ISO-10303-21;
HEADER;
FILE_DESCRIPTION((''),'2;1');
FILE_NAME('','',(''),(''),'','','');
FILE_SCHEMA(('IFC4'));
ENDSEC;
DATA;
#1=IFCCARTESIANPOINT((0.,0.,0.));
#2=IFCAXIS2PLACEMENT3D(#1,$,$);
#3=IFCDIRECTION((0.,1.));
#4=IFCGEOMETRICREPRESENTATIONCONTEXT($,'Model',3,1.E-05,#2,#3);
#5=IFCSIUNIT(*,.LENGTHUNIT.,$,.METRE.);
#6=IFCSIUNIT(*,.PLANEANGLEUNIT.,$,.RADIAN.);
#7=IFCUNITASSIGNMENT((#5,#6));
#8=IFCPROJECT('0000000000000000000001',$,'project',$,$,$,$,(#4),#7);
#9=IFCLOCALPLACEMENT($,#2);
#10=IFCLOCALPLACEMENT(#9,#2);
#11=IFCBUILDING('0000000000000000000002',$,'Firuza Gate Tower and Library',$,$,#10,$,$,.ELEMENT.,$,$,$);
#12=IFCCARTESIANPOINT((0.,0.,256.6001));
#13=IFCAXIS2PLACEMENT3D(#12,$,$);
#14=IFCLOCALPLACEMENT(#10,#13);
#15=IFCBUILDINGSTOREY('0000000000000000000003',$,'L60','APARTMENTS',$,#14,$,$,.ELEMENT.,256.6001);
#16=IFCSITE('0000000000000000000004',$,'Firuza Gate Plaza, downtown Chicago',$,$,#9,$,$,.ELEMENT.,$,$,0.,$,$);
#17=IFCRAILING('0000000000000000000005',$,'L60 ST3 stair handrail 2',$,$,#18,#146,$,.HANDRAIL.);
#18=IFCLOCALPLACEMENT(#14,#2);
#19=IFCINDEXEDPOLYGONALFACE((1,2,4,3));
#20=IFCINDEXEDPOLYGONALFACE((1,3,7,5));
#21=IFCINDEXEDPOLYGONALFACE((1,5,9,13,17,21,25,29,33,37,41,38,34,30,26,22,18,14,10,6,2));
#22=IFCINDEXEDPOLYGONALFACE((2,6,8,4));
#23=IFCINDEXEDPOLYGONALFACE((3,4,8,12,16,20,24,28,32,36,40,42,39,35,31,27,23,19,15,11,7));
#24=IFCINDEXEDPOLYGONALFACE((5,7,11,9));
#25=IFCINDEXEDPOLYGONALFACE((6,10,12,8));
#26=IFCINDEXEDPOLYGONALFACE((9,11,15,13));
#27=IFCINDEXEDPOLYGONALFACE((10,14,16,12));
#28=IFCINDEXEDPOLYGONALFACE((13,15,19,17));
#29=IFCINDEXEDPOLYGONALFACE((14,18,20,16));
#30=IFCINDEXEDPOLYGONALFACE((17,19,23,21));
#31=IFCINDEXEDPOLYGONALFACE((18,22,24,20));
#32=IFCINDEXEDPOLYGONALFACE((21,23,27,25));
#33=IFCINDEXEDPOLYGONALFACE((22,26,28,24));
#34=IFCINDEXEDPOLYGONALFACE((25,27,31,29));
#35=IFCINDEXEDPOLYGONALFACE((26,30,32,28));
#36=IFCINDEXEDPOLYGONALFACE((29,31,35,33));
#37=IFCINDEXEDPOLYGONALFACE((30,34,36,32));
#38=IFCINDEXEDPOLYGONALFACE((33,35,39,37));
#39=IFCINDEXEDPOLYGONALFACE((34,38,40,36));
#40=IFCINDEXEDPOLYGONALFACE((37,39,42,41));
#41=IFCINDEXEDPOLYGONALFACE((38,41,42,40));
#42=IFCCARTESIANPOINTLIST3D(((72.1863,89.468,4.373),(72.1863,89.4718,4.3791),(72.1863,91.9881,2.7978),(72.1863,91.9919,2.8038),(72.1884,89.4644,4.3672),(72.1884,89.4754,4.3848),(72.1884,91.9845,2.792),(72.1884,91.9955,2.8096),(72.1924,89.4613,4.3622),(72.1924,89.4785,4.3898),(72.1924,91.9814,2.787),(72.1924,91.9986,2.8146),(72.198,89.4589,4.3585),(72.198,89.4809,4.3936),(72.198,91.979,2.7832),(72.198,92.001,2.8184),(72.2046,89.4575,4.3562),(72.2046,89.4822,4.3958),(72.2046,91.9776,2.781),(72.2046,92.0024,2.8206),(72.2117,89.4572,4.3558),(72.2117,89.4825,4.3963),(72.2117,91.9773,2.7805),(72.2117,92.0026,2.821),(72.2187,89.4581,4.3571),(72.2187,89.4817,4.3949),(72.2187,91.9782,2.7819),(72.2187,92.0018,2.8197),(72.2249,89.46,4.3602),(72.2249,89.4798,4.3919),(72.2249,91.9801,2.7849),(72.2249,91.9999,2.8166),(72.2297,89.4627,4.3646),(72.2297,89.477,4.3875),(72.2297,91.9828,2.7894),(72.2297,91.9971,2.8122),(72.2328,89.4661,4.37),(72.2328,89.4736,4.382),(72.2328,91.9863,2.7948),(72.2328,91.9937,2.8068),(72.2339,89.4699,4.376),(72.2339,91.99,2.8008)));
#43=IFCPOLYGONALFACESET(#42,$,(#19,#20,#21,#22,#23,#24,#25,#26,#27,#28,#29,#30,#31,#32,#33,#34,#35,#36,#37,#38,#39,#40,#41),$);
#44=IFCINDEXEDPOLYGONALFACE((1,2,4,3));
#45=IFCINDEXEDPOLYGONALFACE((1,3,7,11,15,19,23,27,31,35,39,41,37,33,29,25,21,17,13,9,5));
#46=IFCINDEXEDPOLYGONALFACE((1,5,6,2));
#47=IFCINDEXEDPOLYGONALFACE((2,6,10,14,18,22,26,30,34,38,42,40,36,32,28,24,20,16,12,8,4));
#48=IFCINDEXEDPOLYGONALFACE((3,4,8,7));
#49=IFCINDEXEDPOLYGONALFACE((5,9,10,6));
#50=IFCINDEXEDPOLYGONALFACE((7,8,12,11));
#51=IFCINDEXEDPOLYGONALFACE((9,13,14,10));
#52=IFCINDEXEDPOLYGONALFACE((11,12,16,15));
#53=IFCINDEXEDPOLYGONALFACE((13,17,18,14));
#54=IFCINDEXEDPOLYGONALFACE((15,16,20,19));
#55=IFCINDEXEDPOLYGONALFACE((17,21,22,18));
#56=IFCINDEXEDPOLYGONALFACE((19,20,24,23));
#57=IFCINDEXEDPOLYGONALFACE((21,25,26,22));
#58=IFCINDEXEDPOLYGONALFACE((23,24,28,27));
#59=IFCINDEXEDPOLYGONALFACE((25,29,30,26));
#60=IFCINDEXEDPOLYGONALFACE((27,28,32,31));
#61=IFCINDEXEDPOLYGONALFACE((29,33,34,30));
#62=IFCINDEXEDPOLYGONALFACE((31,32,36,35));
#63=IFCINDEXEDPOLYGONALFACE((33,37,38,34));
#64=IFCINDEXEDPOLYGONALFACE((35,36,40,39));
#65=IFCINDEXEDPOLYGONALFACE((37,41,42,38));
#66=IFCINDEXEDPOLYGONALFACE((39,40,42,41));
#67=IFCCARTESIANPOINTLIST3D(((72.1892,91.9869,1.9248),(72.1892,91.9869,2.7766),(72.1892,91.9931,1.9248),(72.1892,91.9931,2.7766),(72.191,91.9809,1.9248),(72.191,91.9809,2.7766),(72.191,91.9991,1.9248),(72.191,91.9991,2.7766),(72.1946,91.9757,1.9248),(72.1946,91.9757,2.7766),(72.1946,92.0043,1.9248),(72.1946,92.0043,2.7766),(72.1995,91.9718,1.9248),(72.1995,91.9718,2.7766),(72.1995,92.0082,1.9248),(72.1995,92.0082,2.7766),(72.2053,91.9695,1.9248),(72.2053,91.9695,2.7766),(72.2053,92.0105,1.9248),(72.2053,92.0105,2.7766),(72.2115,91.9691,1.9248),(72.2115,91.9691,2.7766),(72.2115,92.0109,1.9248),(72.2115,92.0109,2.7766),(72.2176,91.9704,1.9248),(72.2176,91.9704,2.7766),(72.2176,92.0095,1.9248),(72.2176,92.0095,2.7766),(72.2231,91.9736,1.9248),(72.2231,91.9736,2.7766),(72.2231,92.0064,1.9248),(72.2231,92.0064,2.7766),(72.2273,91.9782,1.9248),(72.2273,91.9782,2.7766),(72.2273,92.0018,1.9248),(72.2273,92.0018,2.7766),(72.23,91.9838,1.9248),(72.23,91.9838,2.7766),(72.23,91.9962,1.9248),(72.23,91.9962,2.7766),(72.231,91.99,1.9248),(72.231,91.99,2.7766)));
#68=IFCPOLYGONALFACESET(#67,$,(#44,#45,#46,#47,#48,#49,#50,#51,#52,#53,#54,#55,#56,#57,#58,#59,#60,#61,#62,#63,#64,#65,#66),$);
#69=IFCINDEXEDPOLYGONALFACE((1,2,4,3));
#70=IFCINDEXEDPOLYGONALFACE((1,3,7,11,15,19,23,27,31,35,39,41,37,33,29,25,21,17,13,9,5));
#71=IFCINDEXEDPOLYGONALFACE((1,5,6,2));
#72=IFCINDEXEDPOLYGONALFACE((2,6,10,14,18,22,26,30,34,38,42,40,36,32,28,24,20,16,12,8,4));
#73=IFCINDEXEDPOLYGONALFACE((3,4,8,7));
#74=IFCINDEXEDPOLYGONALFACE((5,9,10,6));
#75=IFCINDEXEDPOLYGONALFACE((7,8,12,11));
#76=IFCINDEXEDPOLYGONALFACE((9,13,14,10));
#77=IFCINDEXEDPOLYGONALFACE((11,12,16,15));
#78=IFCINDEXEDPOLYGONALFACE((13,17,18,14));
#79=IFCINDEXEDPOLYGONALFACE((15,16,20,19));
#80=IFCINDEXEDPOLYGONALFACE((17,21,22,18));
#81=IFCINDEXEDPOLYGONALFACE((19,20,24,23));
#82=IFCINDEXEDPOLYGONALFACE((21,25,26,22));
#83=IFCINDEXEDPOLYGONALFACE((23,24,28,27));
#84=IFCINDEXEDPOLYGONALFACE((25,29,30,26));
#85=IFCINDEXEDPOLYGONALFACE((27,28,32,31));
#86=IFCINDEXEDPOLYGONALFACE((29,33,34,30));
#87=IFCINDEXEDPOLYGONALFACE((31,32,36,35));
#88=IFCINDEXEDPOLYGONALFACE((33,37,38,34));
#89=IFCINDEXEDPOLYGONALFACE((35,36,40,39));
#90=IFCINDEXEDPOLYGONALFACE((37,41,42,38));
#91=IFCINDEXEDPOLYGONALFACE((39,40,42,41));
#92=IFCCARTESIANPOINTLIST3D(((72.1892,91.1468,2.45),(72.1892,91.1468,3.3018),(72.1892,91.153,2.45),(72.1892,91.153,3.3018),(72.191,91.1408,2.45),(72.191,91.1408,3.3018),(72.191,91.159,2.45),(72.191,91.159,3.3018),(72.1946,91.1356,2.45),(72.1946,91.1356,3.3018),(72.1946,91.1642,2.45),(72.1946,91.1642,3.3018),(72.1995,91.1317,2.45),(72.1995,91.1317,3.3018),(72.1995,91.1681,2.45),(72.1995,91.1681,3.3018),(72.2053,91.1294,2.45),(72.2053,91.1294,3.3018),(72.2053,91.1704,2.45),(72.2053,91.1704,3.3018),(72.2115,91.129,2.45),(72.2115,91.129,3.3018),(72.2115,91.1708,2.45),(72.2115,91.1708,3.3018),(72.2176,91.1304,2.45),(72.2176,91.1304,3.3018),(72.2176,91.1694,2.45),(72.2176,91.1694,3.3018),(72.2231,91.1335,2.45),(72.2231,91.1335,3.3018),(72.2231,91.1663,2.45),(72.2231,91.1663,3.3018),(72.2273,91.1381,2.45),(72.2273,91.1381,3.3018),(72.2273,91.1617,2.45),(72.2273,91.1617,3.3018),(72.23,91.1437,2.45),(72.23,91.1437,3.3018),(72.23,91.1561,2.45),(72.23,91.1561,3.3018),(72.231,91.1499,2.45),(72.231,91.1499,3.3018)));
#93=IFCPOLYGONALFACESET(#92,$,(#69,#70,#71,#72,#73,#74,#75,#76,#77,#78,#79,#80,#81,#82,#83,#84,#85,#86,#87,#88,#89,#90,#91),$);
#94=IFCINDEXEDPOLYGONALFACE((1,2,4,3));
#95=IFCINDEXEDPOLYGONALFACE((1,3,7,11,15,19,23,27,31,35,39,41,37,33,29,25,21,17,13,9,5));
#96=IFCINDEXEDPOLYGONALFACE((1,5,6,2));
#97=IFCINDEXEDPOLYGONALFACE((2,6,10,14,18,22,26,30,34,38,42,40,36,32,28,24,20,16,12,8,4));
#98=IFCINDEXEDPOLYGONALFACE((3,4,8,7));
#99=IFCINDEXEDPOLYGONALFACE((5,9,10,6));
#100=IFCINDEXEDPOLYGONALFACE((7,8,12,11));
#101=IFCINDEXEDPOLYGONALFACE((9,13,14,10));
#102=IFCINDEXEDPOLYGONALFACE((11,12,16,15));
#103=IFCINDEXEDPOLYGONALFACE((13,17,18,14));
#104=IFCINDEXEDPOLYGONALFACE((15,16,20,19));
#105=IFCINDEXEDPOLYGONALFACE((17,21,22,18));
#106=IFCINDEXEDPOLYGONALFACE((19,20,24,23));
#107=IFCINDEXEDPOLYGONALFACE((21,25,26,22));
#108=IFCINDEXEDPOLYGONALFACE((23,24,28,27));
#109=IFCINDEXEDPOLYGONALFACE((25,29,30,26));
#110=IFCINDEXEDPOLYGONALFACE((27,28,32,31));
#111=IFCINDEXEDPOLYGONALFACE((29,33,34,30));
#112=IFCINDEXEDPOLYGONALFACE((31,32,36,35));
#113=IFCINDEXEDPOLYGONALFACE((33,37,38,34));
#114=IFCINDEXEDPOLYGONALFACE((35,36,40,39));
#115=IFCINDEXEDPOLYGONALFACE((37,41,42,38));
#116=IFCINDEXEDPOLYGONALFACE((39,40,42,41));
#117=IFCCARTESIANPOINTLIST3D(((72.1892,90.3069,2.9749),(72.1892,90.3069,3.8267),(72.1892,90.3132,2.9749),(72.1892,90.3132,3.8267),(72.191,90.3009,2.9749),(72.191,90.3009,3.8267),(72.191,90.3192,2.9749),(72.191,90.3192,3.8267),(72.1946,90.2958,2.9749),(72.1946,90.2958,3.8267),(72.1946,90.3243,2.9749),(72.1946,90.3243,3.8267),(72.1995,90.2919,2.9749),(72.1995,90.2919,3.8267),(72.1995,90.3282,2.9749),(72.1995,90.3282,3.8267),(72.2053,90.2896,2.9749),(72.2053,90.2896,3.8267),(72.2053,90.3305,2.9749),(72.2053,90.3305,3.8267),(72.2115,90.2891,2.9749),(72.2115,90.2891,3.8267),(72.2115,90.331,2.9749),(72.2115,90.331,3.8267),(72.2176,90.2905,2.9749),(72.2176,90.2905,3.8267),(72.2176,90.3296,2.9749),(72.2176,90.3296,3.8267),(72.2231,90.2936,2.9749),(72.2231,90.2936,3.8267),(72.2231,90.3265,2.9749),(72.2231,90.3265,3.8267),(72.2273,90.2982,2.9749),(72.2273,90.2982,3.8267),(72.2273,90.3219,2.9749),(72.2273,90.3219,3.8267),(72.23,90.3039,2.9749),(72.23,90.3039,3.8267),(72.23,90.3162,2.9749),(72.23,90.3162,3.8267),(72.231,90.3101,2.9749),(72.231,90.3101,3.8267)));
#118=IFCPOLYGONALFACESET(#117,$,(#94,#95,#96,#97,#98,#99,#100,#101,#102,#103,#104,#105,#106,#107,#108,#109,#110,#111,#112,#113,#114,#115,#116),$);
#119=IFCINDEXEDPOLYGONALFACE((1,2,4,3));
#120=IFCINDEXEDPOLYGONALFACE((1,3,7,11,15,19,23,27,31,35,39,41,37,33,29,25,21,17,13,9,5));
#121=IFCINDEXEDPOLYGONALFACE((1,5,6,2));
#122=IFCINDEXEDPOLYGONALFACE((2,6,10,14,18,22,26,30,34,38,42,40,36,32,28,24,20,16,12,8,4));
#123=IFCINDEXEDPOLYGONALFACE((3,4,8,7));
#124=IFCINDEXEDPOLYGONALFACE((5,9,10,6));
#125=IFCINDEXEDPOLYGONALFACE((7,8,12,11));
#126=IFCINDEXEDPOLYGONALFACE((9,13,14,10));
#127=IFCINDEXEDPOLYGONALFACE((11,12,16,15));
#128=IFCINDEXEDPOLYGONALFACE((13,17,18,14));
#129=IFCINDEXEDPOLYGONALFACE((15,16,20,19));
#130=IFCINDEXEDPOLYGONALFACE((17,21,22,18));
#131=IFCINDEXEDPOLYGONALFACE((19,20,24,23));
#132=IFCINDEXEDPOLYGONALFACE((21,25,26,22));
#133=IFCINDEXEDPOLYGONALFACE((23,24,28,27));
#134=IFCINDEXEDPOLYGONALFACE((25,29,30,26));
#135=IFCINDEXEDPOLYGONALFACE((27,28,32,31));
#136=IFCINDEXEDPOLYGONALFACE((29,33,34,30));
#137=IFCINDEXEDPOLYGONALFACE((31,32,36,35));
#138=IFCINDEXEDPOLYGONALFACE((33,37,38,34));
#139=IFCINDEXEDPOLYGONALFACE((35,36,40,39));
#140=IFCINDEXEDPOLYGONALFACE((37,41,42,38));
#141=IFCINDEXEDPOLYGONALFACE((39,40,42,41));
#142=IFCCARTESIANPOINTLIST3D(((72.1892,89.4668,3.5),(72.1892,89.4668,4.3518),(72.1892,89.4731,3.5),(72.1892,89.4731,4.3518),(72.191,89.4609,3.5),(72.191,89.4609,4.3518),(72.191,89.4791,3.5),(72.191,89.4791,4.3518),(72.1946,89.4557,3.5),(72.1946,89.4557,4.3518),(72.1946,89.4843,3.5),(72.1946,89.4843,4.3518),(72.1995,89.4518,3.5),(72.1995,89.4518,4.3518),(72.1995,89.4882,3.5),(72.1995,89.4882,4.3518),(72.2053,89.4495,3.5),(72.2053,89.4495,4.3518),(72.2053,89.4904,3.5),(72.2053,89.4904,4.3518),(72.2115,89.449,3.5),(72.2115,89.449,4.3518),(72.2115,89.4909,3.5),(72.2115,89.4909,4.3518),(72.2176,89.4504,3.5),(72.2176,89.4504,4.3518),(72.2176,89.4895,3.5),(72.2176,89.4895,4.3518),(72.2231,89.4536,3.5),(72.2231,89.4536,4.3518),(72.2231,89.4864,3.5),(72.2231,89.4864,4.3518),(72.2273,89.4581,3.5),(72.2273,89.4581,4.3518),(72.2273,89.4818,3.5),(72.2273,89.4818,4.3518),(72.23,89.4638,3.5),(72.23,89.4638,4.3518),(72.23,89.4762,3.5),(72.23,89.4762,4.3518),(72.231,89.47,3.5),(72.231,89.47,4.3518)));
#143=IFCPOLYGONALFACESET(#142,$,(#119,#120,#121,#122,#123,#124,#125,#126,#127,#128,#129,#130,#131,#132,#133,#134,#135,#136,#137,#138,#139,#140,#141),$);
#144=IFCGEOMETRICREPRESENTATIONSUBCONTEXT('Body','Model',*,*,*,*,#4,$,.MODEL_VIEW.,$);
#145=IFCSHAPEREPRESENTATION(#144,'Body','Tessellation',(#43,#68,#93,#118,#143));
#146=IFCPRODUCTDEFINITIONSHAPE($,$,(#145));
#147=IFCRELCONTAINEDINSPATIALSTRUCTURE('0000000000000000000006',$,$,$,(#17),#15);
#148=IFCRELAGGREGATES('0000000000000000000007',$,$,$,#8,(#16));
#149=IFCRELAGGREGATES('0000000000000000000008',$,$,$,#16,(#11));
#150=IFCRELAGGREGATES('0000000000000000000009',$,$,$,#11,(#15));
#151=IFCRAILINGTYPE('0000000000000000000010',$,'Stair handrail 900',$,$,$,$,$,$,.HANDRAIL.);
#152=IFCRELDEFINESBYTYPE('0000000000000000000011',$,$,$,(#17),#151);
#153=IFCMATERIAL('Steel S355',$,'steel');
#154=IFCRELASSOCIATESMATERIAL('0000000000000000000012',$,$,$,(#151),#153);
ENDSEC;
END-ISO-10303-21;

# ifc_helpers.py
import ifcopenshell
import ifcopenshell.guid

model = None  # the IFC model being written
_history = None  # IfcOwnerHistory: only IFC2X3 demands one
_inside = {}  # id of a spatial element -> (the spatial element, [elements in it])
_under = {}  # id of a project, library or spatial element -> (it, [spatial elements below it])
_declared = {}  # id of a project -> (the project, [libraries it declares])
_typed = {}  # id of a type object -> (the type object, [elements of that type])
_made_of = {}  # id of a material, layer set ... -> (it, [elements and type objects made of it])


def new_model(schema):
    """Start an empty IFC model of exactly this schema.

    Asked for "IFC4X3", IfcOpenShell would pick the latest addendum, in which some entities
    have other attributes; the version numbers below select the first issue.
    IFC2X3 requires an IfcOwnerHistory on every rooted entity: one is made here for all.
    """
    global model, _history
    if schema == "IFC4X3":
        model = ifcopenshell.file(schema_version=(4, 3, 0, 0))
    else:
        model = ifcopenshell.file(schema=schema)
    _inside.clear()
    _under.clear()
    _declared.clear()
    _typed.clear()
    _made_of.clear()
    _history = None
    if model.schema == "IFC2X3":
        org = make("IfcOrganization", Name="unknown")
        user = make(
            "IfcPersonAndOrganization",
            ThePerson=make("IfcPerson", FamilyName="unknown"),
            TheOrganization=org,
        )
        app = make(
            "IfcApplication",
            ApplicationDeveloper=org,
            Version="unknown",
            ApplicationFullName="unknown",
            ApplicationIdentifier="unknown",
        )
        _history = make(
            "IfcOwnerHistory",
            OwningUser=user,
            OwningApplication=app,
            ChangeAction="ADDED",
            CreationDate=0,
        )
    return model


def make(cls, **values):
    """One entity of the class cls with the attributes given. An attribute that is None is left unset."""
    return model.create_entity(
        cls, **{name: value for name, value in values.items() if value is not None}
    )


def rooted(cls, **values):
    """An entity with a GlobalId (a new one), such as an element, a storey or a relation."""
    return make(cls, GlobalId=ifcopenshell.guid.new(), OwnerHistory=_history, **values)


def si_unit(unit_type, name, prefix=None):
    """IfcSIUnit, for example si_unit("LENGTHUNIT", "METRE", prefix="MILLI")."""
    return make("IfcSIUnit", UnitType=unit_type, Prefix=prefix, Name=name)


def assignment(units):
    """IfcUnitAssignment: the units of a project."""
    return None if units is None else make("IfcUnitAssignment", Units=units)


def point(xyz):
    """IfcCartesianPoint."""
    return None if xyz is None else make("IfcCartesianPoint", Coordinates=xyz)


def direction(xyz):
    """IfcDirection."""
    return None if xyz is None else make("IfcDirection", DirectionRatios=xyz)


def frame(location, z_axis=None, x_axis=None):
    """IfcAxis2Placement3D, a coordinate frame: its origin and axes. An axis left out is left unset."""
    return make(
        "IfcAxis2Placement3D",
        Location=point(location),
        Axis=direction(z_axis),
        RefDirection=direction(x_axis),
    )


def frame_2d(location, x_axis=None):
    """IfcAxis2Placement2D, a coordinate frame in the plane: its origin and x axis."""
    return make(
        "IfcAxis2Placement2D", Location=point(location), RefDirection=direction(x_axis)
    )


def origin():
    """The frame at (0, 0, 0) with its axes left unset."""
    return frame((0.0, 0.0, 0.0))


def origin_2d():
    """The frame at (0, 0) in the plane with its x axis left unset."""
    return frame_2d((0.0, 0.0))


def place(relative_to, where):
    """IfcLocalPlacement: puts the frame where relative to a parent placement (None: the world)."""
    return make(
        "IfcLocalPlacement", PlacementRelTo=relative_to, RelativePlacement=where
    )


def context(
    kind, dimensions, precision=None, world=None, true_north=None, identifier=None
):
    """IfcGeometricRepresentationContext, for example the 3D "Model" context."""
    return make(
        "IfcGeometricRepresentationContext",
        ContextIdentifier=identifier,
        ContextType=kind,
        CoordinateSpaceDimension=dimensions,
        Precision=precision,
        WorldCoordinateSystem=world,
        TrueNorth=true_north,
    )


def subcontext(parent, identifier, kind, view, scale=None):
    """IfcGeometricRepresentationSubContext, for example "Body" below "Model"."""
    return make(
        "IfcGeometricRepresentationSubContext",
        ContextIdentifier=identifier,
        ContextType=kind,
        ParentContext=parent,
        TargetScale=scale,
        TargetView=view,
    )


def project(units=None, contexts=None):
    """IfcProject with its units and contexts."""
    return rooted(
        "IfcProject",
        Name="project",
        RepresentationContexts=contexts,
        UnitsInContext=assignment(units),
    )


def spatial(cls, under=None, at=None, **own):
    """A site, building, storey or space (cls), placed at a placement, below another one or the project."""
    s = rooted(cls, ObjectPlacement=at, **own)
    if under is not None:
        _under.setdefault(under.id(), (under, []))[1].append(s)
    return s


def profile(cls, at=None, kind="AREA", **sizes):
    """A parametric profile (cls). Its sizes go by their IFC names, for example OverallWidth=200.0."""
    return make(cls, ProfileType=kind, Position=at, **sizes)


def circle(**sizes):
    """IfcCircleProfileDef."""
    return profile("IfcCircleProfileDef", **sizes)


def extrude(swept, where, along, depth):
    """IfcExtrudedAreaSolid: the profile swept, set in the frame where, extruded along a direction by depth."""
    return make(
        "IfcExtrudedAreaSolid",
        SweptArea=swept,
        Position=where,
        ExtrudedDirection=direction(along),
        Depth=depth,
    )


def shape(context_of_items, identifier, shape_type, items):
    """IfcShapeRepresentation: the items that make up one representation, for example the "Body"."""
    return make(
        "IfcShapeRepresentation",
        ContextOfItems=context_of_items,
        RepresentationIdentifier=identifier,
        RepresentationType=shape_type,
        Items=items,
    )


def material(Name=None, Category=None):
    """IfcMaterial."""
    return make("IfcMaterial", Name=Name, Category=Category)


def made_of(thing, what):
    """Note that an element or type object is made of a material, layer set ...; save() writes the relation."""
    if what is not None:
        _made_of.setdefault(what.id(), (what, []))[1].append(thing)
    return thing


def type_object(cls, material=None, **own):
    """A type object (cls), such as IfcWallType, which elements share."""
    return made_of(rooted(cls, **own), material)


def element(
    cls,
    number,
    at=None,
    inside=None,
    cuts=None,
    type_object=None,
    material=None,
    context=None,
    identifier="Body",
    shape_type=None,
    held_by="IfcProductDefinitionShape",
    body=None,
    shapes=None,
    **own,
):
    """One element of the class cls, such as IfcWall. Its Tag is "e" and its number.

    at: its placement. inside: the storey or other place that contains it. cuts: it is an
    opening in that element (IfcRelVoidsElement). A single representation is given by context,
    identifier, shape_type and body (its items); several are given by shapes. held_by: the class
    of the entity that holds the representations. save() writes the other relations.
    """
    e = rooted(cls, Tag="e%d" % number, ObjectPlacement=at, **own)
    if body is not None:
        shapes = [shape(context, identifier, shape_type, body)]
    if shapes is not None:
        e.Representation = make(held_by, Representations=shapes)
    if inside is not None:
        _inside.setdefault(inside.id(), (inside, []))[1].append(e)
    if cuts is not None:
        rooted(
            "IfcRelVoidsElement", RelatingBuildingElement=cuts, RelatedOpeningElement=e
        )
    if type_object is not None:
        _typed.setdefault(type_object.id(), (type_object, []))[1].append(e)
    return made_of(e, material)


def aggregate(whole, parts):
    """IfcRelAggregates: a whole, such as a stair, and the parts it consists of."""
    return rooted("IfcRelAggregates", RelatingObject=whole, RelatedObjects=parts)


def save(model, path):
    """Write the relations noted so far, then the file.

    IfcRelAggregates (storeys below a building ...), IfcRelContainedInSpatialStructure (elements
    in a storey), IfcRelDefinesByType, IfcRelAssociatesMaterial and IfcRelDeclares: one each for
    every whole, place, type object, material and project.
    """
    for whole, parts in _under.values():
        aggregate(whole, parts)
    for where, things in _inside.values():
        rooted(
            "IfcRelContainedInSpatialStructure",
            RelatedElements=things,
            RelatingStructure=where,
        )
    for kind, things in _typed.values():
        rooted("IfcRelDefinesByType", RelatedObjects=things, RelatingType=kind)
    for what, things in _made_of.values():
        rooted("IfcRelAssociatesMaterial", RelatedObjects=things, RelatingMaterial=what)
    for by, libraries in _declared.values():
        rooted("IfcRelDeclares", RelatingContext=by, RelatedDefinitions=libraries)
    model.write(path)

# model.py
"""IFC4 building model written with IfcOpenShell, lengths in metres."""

from ifc_helpers import new_model, si_unit, direction, frame, origin, origin_2d, place, context, subcontext, project, spatial, circle, extrude, material, type_object, element, save


model = new_model("IFC4")

# Units and contexts
model_context = context("Model", 3, precision=1e-05, world=origin(), true_north=direction((0.0, 1.0)))
body_context = subcontext(model_context, "Body", "Model", "MODEL_VIEW")
ifc_project = project(units=[si_unit("LENGTHUNIT", "METRE"), si_unit("PLANEANGLEUNIT", "RADIAN")], contexts=[model_context])

# Site, building, storey
site_placement = place(None, origin())
site = spatial("IfcSite", under=ifc_project, at=site_placement, Name="Firuza Gate Plaza, downtown Chicago", CompositionType="ELEMENT", RefElevation=0.0)
building_placement = place(site_placement, origin())
building = spatial("IfcBuilding", under=site, at=building_placement, Name="Firuza Gate Tower and Library", CompositionType="ELEMENT")
storey_placement = place(building_placement, frame((0.0, 0.0, 256.6001)))
storey = spatial("IfcBuildingStorey", under=building, at=storey_placement, Name="L60", Description="APARTMENTS", CompositionType="ELEMENT", Elevation=256.6001)

# Railing
ifc_material_1 = material(Name="Steel S355", Category="steel")
railing_type_1 = type_object("IfcRailingType", Name="Stair handrail 900", PredefinedType="HANDRAIL", material=ifc_material_1)
railing_1_placement = place(storey_placement, frame((72.21, 91.99, 1.9248)))
element("IfcRailing", 1, at=railing_1_placement, inside=storey, type_object=railing_type_1, Name="L60 ST3 stair handrail 2", PredefinedType="HANDRAIL", context=body_context, shape_type="SweptSolid", body=[
    extrude(circle(Radius=0.0239, at=origin_2d()), frame((0.0, 0.0, 0.876), z_axis=(0.0, -0.847971, 0.530043), x_axis=(1.0, 0.0, 0.0)), (0.0, 0.0, 1.0), 2.9719),
    extrude(circle(Radius=0.021, at=origin_2d()), origin(), (0.0, 0.0, 1.0), 0.8518),
    extrude(circle(Radius=0.021, at=origin_2d()), frame((0.0, -0.8401, 0.5251)), (0.0, 0.0, 1.0), 0.8518),
    extrude(circle(Radius=0.021, at=origin_2d()), frame((0.0, -1.6799, 1.05)), (0.0, 0.0, 1.0), 0.8518),
    extrude(circle(Radius=0.021, at=origin_2d()), frame((0.0, -2.52, 1.5752)), (0.0, 0.0, 1.0), 0.8518),
])

save(model, "model.ifc")
